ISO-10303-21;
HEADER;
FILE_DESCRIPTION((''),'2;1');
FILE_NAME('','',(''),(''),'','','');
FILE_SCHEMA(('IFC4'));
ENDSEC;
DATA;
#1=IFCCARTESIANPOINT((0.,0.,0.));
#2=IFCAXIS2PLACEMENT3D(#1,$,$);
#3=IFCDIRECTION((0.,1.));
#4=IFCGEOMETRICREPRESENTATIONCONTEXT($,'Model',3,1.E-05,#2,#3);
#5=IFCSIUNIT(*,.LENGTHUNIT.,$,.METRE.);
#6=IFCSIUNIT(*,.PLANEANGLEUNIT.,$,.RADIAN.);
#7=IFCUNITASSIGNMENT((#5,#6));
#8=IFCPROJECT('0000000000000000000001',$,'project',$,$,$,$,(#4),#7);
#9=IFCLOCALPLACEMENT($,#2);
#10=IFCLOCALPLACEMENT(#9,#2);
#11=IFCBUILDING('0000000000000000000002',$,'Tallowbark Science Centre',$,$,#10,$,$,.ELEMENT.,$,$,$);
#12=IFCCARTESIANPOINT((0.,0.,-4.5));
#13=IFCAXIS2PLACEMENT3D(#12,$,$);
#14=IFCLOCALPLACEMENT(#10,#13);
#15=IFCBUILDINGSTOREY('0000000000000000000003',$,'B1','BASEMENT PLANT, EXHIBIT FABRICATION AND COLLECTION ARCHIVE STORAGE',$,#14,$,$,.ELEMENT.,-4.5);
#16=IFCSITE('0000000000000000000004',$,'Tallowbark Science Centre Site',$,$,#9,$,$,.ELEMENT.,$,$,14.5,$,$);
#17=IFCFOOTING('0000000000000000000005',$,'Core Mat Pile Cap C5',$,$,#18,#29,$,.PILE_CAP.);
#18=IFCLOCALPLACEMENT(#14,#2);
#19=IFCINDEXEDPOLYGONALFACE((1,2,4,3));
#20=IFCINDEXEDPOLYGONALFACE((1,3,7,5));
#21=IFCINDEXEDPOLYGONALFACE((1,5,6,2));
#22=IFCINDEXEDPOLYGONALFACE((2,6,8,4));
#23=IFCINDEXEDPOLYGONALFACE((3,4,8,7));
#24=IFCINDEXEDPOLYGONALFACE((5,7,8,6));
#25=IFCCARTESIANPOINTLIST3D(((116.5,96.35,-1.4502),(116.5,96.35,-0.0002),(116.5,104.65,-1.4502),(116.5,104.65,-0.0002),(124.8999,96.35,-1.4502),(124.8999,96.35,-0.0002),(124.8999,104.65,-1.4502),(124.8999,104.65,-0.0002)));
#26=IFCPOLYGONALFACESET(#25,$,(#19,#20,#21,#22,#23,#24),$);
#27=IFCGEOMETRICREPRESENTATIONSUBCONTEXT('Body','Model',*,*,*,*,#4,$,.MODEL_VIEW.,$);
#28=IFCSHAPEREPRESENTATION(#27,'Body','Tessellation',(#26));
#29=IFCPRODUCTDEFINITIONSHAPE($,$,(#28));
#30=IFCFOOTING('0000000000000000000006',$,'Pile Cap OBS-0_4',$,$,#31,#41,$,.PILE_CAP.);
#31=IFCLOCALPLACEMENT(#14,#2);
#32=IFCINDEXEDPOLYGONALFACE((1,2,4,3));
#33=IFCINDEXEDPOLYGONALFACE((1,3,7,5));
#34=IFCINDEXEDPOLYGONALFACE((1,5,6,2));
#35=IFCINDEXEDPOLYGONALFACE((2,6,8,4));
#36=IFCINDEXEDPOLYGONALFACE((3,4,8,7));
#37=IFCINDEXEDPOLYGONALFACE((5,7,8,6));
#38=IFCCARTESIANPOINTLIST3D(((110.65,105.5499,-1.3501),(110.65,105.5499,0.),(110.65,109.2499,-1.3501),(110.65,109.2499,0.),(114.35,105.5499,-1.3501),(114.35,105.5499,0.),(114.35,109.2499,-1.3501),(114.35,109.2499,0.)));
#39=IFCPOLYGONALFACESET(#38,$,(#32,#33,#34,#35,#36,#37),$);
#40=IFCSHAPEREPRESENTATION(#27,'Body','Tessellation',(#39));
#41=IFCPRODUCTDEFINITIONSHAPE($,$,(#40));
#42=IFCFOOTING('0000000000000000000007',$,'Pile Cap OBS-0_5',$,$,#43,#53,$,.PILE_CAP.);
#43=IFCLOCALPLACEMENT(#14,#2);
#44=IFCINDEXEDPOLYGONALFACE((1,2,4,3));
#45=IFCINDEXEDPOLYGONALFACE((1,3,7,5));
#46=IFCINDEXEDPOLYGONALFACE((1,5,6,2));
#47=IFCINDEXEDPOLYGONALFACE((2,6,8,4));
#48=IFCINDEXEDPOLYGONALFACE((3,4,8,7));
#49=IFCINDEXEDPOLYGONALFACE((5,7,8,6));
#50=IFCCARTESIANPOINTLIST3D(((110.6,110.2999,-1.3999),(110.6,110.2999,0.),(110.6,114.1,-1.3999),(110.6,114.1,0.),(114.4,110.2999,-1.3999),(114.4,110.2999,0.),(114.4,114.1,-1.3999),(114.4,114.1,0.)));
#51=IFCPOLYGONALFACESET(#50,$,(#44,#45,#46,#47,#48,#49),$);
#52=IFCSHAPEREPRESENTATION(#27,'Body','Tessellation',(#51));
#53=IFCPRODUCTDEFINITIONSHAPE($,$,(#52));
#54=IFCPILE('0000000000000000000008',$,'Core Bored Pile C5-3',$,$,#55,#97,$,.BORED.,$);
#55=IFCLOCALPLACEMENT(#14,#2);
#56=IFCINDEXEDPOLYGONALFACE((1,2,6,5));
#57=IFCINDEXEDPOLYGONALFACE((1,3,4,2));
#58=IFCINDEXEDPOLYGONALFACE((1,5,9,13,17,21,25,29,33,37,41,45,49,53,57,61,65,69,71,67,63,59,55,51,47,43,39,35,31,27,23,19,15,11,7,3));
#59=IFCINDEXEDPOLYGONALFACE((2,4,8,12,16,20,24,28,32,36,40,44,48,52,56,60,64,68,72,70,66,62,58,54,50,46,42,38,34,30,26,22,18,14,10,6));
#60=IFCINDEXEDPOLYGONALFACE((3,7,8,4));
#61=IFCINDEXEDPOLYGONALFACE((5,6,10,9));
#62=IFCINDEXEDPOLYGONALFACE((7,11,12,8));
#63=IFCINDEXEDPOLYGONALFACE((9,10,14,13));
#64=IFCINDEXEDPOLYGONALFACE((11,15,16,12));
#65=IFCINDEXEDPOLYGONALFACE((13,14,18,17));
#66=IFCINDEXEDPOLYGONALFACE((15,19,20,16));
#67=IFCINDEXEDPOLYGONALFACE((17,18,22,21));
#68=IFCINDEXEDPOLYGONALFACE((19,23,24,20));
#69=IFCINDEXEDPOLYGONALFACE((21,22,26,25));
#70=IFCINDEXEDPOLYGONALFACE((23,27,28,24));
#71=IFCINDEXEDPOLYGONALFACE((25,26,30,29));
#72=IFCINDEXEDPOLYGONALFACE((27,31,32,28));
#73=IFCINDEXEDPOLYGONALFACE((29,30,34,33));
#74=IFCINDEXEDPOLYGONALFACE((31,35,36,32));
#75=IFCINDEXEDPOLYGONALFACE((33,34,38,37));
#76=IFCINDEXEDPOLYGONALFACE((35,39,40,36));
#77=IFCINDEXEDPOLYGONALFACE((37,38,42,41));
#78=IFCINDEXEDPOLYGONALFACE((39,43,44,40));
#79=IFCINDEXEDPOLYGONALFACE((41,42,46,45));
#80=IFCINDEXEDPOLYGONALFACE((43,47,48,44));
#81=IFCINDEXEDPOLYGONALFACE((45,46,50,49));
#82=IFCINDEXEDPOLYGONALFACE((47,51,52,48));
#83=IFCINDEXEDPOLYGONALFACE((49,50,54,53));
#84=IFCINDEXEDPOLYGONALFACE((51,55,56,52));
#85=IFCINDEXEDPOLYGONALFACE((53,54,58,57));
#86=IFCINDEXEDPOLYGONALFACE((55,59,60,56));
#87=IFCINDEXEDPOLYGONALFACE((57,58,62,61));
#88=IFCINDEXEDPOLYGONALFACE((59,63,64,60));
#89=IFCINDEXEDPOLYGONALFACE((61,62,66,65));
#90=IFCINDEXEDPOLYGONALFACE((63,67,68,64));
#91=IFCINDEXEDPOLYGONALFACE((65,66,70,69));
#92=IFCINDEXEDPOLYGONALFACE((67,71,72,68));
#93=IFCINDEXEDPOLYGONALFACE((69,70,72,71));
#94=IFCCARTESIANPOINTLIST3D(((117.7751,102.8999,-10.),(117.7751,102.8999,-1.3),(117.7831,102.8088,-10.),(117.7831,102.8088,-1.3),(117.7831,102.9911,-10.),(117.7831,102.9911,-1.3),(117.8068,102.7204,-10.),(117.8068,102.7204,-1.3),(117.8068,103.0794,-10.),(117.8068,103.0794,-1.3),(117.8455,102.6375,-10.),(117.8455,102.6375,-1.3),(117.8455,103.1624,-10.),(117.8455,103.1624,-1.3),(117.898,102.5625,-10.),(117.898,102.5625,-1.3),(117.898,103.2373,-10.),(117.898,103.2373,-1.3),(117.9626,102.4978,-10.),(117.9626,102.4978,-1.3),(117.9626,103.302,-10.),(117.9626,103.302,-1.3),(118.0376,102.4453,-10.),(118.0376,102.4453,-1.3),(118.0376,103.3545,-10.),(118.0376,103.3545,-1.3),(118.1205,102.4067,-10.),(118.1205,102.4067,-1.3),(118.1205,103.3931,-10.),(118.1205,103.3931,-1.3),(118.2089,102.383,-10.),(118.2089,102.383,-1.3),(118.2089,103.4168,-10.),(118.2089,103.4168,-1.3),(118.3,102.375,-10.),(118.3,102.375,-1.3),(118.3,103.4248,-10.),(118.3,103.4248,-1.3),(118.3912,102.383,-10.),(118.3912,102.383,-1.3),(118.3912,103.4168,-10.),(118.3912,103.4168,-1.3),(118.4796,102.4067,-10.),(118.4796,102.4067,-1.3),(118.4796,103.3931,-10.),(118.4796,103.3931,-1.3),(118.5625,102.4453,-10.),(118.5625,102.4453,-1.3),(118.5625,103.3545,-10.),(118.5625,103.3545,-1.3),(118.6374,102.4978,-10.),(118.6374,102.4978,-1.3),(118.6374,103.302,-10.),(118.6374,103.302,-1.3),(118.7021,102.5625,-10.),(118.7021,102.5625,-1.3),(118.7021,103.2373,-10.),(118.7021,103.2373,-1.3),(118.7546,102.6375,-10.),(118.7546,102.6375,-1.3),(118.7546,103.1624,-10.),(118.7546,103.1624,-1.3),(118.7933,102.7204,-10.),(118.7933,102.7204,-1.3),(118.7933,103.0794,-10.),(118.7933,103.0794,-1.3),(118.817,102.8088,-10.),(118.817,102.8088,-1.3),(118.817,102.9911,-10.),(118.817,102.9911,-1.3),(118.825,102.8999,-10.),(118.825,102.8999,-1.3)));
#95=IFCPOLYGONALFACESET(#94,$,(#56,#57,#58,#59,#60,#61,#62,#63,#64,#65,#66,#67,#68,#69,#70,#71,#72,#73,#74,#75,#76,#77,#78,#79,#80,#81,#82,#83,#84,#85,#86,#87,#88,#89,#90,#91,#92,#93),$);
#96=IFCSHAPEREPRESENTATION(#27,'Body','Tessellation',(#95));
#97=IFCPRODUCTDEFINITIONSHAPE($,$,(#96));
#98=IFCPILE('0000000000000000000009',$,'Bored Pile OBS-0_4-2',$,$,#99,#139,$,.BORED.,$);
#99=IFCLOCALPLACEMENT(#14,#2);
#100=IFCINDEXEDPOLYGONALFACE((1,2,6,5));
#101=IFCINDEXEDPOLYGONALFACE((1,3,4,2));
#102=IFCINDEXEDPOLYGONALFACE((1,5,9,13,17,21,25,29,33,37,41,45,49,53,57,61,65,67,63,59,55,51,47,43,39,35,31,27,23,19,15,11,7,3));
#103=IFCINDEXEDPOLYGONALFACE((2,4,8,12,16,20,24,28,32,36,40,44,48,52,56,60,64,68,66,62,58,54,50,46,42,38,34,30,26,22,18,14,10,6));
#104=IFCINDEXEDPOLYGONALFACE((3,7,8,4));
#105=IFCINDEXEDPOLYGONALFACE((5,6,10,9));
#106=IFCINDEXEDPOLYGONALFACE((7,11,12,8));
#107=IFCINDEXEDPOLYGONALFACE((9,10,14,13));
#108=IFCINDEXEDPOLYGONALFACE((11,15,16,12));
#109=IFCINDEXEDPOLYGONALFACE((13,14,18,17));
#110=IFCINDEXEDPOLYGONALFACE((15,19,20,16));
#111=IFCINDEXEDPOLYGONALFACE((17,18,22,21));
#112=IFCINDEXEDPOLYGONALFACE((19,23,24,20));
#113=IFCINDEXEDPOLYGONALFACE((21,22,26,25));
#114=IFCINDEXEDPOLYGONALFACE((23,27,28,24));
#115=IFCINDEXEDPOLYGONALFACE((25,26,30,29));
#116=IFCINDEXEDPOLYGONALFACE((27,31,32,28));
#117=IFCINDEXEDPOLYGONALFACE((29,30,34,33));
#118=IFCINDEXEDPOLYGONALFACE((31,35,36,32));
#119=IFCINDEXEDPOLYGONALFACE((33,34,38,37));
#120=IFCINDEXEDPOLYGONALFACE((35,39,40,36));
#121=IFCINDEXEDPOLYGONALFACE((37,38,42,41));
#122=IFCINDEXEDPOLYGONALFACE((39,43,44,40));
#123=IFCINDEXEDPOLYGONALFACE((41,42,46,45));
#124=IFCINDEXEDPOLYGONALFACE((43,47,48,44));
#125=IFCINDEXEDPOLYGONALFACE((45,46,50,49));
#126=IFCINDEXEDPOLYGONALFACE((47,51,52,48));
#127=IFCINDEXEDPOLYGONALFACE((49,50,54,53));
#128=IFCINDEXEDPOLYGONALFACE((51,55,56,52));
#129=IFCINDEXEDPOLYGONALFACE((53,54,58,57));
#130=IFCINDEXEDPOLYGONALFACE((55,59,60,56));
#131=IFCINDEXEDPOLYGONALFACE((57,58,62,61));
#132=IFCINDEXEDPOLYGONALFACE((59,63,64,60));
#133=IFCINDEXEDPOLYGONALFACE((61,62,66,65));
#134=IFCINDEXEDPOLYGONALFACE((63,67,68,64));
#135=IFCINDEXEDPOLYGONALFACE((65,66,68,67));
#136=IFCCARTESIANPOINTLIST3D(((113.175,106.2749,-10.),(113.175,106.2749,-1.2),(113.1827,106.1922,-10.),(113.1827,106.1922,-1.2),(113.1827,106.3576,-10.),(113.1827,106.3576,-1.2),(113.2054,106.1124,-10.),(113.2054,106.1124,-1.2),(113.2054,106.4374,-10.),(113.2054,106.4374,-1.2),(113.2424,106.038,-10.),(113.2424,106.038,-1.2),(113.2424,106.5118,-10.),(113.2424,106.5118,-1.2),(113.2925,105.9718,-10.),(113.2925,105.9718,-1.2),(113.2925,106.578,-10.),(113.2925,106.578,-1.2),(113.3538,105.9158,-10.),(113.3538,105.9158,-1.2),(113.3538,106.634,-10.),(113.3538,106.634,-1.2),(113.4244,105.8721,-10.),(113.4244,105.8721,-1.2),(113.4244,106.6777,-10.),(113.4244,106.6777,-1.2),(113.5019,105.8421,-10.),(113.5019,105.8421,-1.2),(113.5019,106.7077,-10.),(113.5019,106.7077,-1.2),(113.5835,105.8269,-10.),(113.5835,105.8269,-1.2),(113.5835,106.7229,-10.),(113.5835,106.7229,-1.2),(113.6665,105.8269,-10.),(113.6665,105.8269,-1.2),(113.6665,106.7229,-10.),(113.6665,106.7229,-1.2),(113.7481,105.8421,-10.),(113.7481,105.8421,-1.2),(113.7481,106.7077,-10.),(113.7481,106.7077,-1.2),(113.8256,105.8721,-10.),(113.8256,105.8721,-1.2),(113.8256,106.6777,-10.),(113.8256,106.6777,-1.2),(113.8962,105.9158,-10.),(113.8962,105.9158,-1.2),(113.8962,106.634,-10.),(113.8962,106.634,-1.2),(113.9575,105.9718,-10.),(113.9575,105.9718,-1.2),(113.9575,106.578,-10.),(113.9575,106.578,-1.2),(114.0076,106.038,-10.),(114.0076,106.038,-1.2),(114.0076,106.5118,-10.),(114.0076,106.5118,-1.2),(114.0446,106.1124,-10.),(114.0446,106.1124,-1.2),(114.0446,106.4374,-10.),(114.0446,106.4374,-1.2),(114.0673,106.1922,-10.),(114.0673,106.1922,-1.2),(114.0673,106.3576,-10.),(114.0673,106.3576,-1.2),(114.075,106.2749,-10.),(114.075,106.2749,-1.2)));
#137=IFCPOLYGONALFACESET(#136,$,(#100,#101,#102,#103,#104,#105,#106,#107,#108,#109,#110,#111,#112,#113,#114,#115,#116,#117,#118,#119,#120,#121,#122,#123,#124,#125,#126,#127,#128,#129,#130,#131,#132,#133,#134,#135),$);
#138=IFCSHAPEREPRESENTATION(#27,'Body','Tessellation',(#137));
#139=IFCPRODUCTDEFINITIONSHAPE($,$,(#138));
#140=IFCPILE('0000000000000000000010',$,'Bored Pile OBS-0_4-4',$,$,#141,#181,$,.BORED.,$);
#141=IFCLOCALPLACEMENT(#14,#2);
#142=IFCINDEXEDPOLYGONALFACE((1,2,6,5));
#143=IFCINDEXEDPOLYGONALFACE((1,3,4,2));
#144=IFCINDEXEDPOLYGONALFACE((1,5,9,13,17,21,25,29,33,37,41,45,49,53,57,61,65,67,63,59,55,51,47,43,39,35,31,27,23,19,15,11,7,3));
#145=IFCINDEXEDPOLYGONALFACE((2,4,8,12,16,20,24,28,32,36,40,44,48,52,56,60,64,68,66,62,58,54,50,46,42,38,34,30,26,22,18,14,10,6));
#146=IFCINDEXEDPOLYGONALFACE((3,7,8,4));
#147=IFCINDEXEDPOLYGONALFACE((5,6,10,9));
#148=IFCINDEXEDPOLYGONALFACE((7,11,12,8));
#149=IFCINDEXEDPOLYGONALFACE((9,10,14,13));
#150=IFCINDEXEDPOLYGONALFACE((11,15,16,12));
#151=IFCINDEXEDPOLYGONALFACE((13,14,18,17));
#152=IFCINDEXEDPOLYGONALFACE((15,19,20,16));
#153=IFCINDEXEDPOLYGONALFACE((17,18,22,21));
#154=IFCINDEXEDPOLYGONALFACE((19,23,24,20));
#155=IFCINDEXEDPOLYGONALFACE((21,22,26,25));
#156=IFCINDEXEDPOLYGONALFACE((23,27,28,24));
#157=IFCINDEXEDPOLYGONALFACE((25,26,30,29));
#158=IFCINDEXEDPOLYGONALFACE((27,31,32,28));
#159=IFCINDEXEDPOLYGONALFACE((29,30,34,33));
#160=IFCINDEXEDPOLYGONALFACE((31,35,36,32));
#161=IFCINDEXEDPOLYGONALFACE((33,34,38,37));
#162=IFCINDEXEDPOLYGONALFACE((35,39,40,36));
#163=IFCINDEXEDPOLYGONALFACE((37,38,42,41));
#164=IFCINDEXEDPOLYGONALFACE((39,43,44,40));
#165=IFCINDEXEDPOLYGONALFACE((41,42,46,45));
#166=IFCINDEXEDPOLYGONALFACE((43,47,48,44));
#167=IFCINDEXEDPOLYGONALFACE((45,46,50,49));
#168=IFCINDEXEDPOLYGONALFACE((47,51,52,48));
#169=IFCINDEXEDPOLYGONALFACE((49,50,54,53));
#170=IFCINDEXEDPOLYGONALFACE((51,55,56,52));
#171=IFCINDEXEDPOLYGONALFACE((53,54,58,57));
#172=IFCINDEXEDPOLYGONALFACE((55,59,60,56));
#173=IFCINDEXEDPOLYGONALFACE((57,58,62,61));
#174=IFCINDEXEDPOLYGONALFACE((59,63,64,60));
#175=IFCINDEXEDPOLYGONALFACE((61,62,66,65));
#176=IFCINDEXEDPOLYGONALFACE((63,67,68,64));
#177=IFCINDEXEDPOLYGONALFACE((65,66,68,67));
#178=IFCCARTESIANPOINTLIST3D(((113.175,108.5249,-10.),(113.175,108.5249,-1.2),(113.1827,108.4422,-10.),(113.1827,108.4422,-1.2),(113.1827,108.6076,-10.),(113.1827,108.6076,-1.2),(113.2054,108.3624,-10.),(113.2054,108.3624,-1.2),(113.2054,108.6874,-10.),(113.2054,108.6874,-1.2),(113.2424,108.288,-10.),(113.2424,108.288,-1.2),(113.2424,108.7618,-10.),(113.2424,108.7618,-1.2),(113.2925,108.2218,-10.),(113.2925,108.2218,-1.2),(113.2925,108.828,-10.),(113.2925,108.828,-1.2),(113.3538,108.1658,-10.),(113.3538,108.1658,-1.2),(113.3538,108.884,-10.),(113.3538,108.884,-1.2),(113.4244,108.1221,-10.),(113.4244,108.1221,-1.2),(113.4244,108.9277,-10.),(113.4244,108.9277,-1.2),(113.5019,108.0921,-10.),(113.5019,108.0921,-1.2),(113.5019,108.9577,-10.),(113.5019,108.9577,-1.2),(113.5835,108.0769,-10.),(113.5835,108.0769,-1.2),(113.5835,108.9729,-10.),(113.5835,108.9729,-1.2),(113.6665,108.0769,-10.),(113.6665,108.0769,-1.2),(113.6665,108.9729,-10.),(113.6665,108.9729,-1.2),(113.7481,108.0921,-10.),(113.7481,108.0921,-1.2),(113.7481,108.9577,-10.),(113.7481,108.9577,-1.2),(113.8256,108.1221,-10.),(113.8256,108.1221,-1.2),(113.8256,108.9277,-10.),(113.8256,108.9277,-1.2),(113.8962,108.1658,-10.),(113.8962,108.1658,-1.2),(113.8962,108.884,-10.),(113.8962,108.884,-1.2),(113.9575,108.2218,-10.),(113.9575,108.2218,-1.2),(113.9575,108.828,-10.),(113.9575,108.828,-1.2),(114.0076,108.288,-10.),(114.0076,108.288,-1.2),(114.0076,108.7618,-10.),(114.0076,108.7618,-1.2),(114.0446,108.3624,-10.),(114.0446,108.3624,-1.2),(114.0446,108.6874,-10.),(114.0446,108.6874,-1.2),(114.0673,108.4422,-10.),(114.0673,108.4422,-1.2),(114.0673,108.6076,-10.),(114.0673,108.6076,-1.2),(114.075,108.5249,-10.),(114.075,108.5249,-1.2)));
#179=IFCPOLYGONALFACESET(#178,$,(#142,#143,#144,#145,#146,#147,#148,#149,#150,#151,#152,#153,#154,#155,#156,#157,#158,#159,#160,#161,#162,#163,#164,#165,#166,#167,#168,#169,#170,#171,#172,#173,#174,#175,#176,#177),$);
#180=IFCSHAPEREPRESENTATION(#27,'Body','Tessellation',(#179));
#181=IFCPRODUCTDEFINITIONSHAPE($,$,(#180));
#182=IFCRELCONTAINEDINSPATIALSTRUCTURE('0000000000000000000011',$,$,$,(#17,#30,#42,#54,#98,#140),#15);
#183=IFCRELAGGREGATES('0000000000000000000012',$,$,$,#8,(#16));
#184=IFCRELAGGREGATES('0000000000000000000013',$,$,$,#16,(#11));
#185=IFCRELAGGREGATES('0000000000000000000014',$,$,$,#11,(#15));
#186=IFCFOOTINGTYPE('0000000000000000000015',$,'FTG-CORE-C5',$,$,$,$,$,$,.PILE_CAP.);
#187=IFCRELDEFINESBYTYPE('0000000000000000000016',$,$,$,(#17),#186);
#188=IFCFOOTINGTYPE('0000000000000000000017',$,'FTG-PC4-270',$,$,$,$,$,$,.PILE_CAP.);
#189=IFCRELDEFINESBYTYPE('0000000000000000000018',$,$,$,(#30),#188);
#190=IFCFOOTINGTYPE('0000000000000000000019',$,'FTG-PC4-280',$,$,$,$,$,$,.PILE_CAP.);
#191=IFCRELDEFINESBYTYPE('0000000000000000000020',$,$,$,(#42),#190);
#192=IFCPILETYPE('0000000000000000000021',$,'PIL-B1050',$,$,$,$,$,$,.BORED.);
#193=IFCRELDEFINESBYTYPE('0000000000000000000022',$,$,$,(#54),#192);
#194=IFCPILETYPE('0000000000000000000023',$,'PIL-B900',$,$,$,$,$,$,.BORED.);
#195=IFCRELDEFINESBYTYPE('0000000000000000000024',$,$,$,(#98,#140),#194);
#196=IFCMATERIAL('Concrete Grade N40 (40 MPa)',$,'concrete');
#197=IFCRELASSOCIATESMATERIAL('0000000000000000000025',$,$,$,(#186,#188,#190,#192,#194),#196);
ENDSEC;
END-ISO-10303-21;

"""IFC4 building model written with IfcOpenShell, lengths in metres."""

from ifc_helpers import new_model, si_unit, direction, frame, origin, origin_2d, place, context, subcontext, project, spatial, rectangle, circle, extrude, material, material_profile, profile_set, type_object, element, save


model = new_model("IFC4")

# Units and contexts
model_context = context("Model", 3, precision=1e-05, world=origin(), true_north=direction((0.0, 1.0)))
body_context = subcontext(model_context, "Body", "Model", "MODEL_VIEW")
ifc_project = project(units=[si_unit("LENGTHUNIT", "METRE"), si_unit("PLANEANGLEUNIT", "RADIAN")], contexts=[model_context])

# Site, building, storey
site_placement = place(None, origin())
site = spatial("IfcSite", under=ifc_project, at=site_placement, Name="Tallowbark Science Centre Site", CompositionType="ELEMENT", RefElevation=14.5)
building_placement = place(site_placement, origin())
building = spatial("IfcBuilding", under=site, at=building_placement, Name="Tallowbark Science Centre", CompositionType="ELEMENT")
storey_placement = place(building_placement, frame((0.0, 0.0, -4.5)))
storey = spatial("IfcBuildingStorey", under=building, at=storey_placement, Name="B1", Description="BASEMENT PLANT, EXHIBIT FABRICATION AND COLLECTION ARCHIVE STORAGE", CompositionType="ELEMENT", Elevation=-4.5)

# Footings
ifc_material_1 = material(Name="Concrete Grade N40 (40 MPa)", Category="concrete")
footing_type_1 = type_object("IfcFootingType", Name="FTG-CORE-C5", PredefinedType="PILE_CAP", material=ifc_material_1)
footing_1_placement = place(storey_placement, frame((120.7, 100.5, -1.4502), z_axis=(0.0, 0.0, 1.0), x_axis=(1.0, 0.0, 0.0)))
element("IfcFooting", 1, at=footing_1_placement, inside=storey, type_object=footing_type_1, Name="Core Mat Pile Cap C5", PredefinedType="PILE_CAP", context=body_context, shape_type="SweptSolid", body=[
    extrude(rectangle(XDim=8.3999, YDim=8.3, at=origin_2d()), origin(), (0.0, 0.0, 1.0), 1.45),
])
footing_type_2 = type_object("IfcFootingType", Name="FTG-PC4-270", PredefinedType="PILE_CAP", material=ifc_material_1)
footing_2_placement = place(storey_placement, frame((112.5, 107.3999, -1.3501), z_axis=(0.0, 0.0, 1.0), x_axis=(1.0, 0.0, 0.0)))
element("IfcFooting", 2, at=footing_2_placement, inside=storey, type_object=footing_type_2, Name="Pile Cap OBS-0_4", PredefinedType="PILE_CAP", context=body_context, shape_type="SweptSolid", body=[
    extrude(rectangle(XDim=3.7, YDim=3.7, at=origin_2d()), origin(), (0.0, 0.0, 1.0), 1.3501),
])
footing_type_3 = type_object("IfcFootingType", Name="FTG-PC4-280", PredefinedType="PILE_CAP", material=ifc_material_1)
footing_3_placement = place(storey_placement, frame((112.5, 112.2, -1.3999), z_axis=(0.0, 0.0, 1.0), x_axis=(1.0, 0.0, 0.0)))
element("IfcFooting", 3, at=footing_3_placement, inside=storey, type_object=footing_type_3, Name="Pile Cap OBS-0_5", PredefinedType="PILE_CAP", context=body_context, shape_type="SweptSolid", body=[
    extrude(rectangle(XDim=3.8, YDim=3.8, at=origin_2d()), origin(), (0.0, 0.0, 1.0), 1.3999),
])

# Piles
ifc_material_profile_1 = material_profile(ifc_material_1, circle(Radius=0.5249, at=origin_2d()), Name="PILE1050")
ifc_profile_set_1 = profile_set([ifc_material_profile_1], Name="Concrete Grade N40 (40 MPa)")
pile_type_1 = type_object("IfcPileType", Name="PIL-B1050", PredefinedType="BORED", material=ifc_profile_set_1)
pile_placement = place(storey_placement, frame((118.3, 102.8999, -1.3), z_axis=(0.0, 0.0, -1.0), x_axis=(1.0, 0.0, 0.0)))
element("IfcPile", 4, at=pile_placement, inside=storey, type_object=pile_type_1, Name="Core Bored Pile C5-3", PredefinedType="BORED", context=body_context, shape_type="SweptSolid", body=[
    extrude(circle(Radius=0.5249, at=origin_2d()), origin(), (0.0, 0.0, 1.0), 8.7),
])
ifc_material_profile_2 = material_profile(ifc_material_1, circle(Radius=0.45, at=origin_2d()), Name="PILE900")
ifc_profile_set_2 = profile_set([ifc_material_profile_2], Name="Concrete Grade N40 (40 MPa)")
pile_type_2 = type_object("IfcPileType", Name="PIL-B900", PredefinedType="BORED", material=ifc_profile_set_2)
for number, where, z_axis, x_axis, name in (
    (5, (113.625, 106.2749, -1.2), (0.0, 0.0, -1.0), (1.0, 0.0, 0.0), "Bored Pile OBS-0_4-2"),
    (6, (113.625, 108.5249, -1.2), (0.0, 0.0, -1.0), (1.0, 0.0, 0.0), "Bored Pile OBS-0_4-4"),
):
    element("IfcPile", number, at=place(storey_placement, frame(where, z_axis=z_axis, x_axis=x_axis)), inside=storey, type_object=pile_type_2, Name=name, PredefinedType="BORED", context=body_context, shape_type="SweptSolid", body=[
        extrude(circle(Radius=0.45, at=origin_2d()), origin(), (0.0, 0.0, 1.0), 8.8),
    ])

save(model, "model.ifc")
